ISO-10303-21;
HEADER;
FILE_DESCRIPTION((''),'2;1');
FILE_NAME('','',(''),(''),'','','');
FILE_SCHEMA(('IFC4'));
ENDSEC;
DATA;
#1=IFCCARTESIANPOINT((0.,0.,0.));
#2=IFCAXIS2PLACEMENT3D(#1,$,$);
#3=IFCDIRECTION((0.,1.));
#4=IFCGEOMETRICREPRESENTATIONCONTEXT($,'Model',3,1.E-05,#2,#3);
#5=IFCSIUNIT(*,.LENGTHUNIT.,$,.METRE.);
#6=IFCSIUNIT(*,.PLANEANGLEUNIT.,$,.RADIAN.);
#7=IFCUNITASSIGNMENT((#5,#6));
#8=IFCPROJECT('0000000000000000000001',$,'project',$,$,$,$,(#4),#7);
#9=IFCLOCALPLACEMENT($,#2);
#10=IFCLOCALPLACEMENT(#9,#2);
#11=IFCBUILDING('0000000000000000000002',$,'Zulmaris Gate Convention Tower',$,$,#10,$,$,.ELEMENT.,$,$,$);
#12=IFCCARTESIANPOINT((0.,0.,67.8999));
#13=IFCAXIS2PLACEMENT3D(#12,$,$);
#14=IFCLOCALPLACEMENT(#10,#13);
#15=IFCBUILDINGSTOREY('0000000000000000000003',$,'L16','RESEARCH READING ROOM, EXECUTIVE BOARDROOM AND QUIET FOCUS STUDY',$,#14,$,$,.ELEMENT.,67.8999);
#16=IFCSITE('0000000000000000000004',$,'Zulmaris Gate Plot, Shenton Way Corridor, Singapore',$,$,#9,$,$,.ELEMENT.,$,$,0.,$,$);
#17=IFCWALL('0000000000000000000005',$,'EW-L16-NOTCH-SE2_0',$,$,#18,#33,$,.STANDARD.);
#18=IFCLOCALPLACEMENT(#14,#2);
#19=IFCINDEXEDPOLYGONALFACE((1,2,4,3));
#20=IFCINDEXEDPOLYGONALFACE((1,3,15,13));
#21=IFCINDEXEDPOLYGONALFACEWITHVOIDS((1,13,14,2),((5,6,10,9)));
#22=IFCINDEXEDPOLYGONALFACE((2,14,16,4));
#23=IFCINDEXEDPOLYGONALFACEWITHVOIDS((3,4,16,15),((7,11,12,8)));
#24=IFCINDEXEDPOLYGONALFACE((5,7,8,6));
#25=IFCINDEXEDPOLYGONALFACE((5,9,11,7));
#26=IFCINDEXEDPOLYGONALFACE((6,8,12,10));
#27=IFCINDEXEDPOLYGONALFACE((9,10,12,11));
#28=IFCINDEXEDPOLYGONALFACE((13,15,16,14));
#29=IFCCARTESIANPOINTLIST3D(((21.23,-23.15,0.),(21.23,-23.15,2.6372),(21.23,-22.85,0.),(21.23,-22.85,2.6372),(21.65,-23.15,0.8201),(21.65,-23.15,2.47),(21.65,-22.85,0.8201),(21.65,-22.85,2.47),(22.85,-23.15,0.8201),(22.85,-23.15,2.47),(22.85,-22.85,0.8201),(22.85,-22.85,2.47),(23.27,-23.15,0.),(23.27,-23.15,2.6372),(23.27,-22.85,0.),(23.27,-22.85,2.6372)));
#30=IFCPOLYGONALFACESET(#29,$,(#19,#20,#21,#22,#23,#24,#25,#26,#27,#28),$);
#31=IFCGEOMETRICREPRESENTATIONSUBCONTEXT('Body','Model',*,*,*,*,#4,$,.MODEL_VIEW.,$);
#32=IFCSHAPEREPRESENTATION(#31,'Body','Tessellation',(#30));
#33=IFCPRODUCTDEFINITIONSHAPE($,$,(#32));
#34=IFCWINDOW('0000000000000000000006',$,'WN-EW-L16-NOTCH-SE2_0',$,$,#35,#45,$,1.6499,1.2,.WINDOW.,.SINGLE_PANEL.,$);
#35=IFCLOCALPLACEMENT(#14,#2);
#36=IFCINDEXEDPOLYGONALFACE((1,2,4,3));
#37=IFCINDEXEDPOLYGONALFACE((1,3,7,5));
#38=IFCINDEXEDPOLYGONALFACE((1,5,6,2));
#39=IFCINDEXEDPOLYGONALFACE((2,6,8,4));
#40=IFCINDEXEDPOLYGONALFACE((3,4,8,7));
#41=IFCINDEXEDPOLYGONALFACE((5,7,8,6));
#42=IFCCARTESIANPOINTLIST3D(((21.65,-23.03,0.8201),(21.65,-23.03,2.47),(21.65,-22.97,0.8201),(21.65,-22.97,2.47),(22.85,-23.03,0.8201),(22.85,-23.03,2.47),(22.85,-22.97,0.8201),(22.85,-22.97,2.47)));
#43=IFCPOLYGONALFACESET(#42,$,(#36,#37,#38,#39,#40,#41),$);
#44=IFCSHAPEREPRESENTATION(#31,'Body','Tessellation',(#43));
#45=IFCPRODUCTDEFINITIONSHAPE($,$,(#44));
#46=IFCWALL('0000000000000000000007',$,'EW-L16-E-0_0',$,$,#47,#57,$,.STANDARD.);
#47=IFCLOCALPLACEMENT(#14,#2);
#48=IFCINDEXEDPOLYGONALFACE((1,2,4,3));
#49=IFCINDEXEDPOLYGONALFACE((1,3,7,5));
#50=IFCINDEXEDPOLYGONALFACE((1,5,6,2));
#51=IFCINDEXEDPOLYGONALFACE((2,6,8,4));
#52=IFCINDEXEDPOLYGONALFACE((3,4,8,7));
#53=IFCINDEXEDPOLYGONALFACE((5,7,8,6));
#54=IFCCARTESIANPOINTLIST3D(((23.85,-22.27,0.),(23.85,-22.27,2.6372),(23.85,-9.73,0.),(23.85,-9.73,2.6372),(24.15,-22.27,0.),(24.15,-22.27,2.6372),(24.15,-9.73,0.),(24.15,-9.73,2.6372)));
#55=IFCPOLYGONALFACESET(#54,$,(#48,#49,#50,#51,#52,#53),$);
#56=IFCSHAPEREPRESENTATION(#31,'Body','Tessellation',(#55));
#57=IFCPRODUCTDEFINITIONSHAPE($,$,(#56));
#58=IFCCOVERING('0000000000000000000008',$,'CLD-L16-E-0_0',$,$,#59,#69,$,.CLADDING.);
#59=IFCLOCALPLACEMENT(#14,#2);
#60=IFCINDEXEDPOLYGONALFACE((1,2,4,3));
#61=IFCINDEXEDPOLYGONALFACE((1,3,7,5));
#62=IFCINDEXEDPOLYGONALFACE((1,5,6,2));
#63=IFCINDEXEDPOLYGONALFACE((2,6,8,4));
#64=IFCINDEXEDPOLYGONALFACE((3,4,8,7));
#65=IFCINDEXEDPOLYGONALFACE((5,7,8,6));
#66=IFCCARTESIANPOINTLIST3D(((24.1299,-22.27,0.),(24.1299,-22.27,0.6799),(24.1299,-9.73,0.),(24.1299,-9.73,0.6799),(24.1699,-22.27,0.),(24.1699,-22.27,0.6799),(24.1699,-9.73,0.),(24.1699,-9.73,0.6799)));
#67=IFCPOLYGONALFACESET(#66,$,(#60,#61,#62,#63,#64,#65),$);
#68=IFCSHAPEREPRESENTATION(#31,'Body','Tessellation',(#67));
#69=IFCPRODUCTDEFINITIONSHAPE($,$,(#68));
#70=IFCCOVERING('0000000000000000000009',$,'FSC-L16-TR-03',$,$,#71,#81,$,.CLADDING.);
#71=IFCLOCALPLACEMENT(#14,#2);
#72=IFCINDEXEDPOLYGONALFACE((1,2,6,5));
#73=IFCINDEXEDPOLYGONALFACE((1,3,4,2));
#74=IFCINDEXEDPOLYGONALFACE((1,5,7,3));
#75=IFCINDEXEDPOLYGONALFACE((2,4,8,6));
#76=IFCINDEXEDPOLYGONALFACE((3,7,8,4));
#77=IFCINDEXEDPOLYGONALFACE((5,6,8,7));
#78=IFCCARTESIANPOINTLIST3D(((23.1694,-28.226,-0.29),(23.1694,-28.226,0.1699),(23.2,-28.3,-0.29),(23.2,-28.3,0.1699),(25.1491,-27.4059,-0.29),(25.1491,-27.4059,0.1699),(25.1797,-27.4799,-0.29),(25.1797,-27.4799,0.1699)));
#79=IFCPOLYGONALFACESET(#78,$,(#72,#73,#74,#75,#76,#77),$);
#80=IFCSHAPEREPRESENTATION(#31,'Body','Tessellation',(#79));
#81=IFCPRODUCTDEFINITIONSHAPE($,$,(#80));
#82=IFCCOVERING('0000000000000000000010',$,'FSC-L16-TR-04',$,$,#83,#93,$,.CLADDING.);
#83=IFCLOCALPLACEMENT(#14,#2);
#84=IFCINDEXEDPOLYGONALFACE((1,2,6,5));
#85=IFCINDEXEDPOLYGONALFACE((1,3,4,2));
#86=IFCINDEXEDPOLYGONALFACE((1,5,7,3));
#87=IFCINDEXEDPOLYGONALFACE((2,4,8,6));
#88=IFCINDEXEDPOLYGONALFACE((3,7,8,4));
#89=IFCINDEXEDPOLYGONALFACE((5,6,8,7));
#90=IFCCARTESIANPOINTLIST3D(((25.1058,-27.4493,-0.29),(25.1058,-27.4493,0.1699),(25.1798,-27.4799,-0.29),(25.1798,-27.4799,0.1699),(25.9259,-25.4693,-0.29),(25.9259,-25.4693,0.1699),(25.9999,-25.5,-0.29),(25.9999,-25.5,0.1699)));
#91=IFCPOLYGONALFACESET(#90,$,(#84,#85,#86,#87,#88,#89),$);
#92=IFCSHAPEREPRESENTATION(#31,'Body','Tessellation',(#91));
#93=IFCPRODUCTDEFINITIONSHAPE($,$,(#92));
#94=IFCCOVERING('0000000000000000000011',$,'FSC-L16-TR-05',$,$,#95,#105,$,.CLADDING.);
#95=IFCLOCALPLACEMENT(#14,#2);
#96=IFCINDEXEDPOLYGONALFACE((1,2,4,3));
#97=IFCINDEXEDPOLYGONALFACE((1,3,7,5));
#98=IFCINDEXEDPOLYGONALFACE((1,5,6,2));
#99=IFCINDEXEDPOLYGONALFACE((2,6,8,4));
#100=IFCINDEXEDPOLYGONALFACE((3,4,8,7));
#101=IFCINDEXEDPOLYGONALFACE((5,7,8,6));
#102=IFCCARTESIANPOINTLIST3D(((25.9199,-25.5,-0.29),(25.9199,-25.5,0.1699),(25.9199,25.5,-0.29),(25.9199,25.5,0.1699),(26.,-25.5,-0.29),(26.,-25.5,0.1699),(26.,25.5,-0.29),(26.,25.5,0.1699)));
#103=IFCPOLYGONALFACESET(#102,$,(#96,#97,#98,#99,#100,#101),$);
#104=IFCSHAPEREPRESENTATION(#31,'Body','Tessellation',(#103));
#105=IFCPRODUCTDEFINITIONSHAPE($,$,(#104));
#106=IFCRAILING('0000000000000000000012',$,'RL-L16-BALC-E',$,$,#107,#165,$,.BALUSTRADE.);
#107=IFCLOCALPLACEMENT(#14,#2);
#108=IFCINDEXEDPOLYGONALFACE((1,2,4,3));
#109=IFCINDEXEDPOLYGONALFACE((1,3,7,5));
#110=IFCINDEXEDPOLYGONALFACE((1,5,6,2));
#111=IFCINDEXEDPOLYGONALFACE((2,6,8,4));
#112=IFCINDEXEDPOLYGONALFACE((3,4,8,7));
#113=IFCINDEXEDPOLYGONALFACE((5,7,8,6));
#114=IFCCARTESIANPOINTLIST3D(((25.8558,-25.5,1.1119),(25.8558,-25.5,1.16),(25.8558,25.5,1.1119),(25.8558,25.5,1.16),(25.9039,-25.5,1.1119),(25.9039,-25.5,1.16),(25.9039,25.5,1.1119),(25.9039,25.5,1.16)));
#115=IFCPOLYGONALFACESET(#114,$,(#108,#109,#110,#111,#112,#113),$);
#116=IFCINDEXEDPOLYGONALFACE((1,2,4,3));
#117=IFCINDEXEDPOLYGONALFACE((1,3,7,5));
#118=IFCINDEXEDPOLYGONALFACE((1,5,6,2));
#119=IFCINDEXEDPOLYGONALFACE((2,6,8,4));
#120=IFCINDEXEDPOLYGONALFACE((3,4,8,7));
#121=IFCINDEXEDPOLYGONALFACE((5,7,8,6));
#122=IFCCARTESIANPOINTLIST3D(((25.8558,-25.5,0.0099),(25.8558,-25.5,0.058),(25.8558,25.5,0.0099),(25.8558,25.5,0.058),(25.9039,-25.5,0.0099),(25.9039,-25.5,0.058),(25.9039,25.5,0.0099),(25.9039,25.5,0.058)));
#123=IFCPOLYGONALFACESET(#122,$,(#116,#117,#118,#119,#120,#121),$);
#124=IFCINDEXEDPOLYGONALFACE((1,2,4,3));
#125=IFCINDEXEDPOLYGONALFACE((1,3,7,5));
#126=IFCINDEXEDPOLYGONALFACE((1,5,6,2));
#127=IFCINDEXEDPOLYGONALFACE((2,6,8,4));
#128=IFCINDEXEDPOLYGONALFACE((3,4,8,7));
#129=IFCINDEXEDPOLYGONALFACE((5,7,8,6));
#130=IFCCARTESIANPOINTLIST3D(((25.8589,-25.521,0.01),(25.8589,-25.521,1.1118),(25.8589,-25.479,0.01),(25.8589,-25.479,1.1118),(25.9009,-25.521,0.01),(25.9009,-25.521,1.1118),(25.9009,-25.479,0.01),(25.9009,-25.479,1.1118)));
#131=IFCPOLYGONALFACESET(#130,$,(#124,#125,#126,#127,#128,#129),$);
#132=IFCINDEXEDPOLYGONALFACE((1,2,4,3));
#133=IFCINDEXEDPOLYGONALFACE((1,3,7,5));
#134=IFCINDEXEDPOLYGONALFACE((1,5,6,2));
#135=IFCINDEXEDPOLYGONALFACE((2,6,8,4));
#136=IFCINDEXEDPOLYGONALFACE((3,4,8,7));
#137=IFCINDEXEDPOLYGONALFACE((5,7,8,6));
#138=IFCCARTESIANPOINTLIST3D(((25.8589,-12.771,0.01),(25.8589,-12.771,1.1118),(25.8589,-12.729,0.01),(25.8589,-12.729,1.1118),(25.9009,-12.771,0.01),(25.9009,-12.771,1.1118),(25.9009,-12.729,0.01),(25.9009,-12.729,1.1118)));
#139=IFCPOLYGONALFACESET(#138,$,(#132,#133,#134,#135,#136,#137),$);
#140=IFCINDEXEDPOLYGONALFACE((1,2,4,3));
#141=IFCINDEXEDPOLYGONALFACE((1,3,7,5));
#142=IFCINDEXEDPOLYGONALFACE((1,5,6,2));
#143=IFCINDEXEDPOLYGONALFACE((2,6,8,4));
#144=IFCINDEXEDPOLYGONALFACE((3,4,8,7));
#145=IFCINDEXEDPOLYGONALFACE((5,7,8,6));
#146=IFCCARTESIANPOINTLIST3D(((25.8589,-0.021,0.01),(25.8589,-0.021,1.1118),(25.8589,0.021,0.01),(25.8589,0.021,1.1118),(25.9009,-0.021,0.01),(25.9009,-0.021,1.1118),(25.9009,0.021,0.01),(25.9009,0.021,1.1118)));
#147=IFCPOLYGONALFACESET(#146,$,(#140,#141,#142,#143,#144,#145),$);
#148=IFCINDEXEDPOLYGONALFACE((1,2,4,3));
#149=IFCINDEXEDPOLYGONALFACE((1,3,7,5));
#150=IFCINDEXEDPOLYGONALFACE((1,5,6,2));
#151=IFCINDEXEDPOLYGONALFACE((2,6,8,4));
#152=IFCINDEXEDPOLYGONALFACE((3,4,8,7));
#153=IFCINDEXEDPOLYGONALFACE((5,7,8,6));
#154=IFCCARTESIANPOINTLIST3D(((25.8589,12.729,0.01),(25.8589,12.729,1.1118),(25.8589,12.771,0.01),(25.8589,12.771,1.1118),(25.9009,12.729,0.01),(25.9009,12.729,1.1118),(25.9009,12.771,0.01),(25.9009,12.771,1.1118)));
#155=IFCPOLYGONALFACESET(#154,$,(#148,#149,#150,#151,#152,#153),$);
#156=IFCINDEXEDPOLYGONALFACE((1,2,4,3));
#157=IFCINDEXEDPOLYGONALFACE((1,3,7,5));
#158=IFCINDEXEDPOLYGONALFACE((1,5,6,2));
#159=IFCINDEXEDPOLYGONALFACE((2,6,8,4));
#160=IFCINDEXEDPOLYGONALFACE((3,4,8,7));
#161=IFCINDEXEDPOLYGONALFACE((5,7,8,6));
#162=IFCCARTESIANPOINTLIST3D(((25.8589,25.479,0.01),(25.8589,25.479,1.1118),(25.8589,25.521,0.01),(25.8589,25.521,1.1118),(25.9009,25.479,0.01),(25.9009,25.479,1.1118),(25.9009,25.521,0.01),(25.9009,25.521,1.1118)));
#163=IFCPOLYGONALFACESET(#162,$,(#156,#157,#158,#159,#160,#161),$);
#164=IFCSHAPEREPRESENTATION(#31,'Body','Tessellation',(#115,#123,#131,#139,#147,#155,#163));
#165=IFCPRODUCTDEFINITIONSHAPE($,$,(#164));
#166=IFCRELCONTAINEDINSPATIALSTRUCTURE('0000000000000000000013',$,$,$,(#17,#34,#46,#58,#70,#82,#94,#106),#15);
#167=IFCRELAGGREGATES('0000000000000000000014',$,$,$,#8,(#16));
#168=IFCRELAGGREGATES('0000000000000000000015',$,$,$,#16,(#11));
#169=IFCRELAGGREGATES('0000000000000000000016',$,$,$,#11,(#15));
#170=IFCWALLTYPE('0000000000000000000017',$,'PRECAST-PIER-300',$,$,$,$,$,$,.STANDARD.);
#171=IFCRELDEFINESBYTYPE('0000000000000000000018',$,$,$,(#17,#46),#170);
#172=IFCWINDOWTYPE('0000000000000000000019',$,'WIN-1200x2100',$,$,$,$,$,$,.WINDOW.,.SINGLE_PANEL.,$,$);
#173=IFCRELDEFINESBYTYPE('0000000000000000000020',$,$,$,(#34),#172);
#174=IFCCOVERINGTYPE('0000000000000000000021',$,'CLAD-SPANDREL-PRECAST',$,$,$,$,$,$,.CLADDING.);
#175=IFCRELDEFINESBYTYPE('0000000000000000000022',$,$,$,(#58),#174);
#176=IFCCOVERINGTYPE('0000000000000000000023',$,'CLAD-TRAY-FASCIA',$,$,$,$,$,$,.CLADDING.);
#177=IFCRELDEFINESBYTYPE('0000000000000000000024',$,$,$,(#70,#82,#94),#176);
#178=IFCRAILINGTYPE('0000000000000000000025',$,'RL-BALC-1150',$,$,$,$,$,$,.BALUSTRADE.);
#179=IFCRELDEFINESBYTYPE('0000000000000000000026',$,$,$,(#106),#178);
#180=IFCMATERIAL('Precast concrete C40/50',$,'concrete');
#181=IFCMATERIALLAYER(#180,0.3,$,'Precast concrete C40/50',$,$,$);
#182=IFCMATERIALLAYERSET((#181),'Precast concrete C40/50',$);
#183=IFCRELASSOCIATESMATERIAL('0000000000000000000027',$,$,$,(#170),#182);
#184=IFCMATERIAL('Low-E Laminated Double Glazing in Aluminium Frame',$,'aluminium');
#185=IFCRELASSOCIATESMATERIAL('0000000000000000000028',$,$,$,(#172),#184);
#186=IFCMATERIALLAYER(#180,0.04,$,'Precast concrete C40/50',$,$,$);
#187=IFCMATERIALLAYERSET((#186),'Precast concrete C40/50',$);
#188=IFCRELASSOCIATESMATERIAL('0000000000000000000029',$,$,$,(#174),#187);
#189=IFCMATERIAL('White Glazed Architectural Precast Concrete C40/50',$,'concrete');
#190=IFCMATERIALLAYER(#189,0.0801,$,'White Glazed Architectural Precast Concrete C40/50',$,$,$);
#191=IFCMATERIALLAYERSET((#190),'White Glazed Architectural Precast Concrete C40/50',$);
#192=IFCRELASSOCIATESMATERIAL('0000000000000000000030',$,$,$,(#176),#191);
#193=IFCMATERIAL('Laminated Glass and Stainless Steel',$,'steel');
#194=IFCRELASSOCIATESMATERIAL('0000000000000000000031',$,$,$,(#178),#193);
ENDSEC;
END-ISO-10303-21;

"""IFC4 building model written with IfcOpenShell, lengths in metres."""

from ifc_helpers import new_model, si_unit, direction, frame, frame_2d, origin, origin_2d, place, context, subcontext, project, spatial, rectangle, extrude, material, layer, layer_set, type_object, element, fill, save


model = new_model("IFC4")

# Units and contexts
model_context = context("Model", 3, precision=1e-05, world=origin(), true_north=direction((0.0, 1.0)))
body_context = subcontext(model_context, "Body", "Model", "MODEL_VIEW")
ifc_project = project(units=[si_unit("LENGTHUNIT", "METRE"), si_unit("PLANEANGLEUNIT", "RADIAN")], contexts=[model_context])

# Site, building, storey
site_placement = place(None, origin())
site = spatial("IfcSite", under=ifc_project, at=site_placement, Name="Zulmaris Gate Plot, Shenton Way Corridor, Singapore", CompositionType="ELEMENT", RefElevation=0.0)
building_placement = place(site_placement, origin())
building = spatial("IfcBuilding", under=site, at=building_placement, Name="Zulmaris Gate Convention Tower", CompositionType="ELEMENT")
storey_placement = place(building_placement, frame((0.0, 0.0, 67.8999)))
storey = spatial("IfcBuildingStorey", under=building, at=storey_placement, Name="L16", Description="RESEARCH READING ROOM, EXECUTIVE BOARDROOM AND QUIET FOCUS STUDY", CompositionType="ELEMENT", Elevation=67.8999)

# Wall, opening, window
ifc_material_1 = material(Name="Precast concrete C40/50", Category="concrete")
ifc_layer_1 = layer(ifc_material_1, 0.3, Name="Precast concrete C40/50")
ifc_layer_set_1 = layer_set([ifc_layer_1], Name="Precast concrete C40/50")
wall_type_1 = type_object("IfcWallType", Name="PRECAST-PIER-300", PredefinedType="STANDARD", material=ifc_layer_set_1)
ifc_material_2 = material(Name="Low-E Laminated Double Glazing in Aluminium Frame", Category="aluminium")
window_type = type_object("IfcWindowType", Name="WIN-1200x2100", PartitioningType="SINGLE_PANEL", PredefinedType="WINDOW", material=ifc_material_2)
wall_1_placement = place(storey_placement, frame((21.23, -23.0, 0.0), z_axis=(0.0, 0.0, 1.0), x_axis=(1.0, 0.0, 0.0)))
wall_1 = element("IfcWall", 1, at=wall_1_placement, inside=storey, type_object=wall_type_1, Name="EW-L16-NOTCH-SE2_0", PredefinedType="STANDARD", context=body_context, shape_type="SweptSolid", body=[
    extrude(rectangle(XDim=2.04, YDim=0.3, at=frame_2d((1.02, 0.0))), origin(), (0.0, 0.0, 1.0), 2.6372),
])
opening_1_placement = place(wall_1_placement, frame((0.4199, 0.0, 0.8201)))
opening_1 = element("IfcOpeningElement", 2, at=opening_1_placement, cuts=wall_1, PredefinedType="OPENING", context=body_context, shape_type="SweptSolid", body=[
    extrude(rectangle(XDim=1.2, YDim=1.6499, at=frame_2d((0.6001, 0.825))), frame((0.0, 0.1602, 0.0), z_axis=(0.0, -1.0, 0.0), x_axis=(1.0, 0.0, 0.0)), (0.0, 0.0, 1.0), 0.3201),
])
window_1_placement = place(opening_1_placement, origin())
window_1 = element("IfcWindow", 3, at=window_1_placement, inside=storey, type_object=window_type, Name="WN-EW-L16-NOTCH-SE2_0", OverallHeight=1.6499, OverallWidth=1.2, PartitioningType="SINGLE_PANEL", PredefinedType="WINDOW", context=body_context, shape_type="SweptSolid", body=[
    extrude(rectangle(XDim=1.2, YDim=1.6499, at=frame_2d((0.6001, 0.825))), frame((0.0, 0.03, 0.0), z_axis=(0.0, -1.0, 0.0), x_axis=(1.0, 0.0, 0.0)), (0.0, 0.0, 1.0), 0.0601),
])
fill(opening_1, window_1)

# Wall
wall_2_placement = place(storey_placement, frame((24.0, -22.27, 0.0), z_axis=(0.0, 0.0, 1.0), x_axis=(0.0, 1.0, 0.0)))
element("IfcWall", 4, at=wall_2_placement, inside=storey, type_object=wall_type_1, Name="EW-L16-E-0_0", PredefinedType="STANDARD", context=body_context, shape_type="SweptSolid", body=[
    extrude(rectangle(XDim=12.54, YDim=0.3, at=frame_2d((6.27, 0.0))), origin(), (0.0, 0.0, 1.0), 2.6372),
])

# Coverings
ifc_layer_2 = layer(ifc_material_1, 0.04, Name="Precast concrete C40/50")
ifc_layer_set_2 = layer_set([ifc_layer_2], Name="Precast concrete C40/50")
covering_type_1 = type_object("IfcCoveringType", Name="CLAD-SPANDREL-PRECAST", PredefinedType="CLADDING", material=ifc_layer_set_2)
covering_1_placement = place(storey_placement, frame((24.1499, -22.27, 0.0), z_axis=(0.0, 0.0, 1.0), x_axis=(0.0, 1.0, 0.0)))
element("IfcCovering", 5, at=covering_1_placement, inside=storey, type_object=covering_type_1, Name="CLD-L16-E-0_0", PredefinedType="CLADDING", context=body_context, shape_type="SweptSolid", body=[
    extrude(rectangle(XDim=12.54, YDim=0.04, at=frame_2d((6.27, 0.0))), origin(), (0.0, 0.0, 1.0), 0.6799),
])
ifc_material_3 = material(Name="White Glazed Architectural Precast Concrete C40/50", Category="concrete")
ifc_layer_3 = layer(ifc_material_3, 0.0801, Name="White Glazed Architectural Precast Concrete C40/50")
ifc_layer_set_3 = layer_set([ifc_layer_3], Name="White Glazed Architectural Precast Concrete C40/50")
covering_type_2 = type_object("IfcCoveringType", Name="CLAD-TRAY-FASCIA", PredefinedType="CLADDING", material=ifc_layer_set_3)
covering_2_placement = place(storey_placement, frame((23.1848, -28.2629, -0.29), z_axis=(0.0, 0.0, 1.0), x_axis=(0.923874, 0.382697, 0.0)))
element("IfcCovering", 6, at=covering_2_placement, inside=storey, type_object=covering_type_2, Name="FSC-L16-TR-03", PredefinedType="CLADDING", context=body_context, shape_type="SweptSolid", body=[
    extrude(rectangle(XDim=2.1428, YDim=0.0801, at=frame_2d((1.0713, 0.0))), origin(), (0.0, 0.0, 1.0), 0.46),
])
covering_3_placement = place(storey_placement, frame((25.1428, -27.4646, -0.29), z_axis=(0.0, 0.0, 1.0), x_axis=(0.382657, 0.92389, 0.0)))
element("IfcCovering", 7, at=covering_3_placement, inside=storey, type_object=covering_type_2, Name="FSC-L16-TR-04", PredefinedType="CLADDING", context=body_context, shape_type="SweptSolid", body=[
    extrude(rectangle(XDim=2.1431, YDim=0.0801, at=frame_2d((1.0715, 0.0))), origin(), (0.0, 0.0, 1.0), 0.46),
])
covering_4_placement = place(storey_placement, frame((25.96, -25.5, -0.29), z_axis=(0.0, 0.0, 1.0), x_axis=(0.0, 1.0, 0.0)))
element("IfcCovering", 8, at=covering_4_placement, inside=storey, type_object=covering_type_2, Name="FSC-L16-TR-05", PredefinedType="CLADDING", context=body_context, shape_type="SweptSolid", body=[
    extrude(rectangle(XDim=51.0, YDim=0.0801, at=frame_2d((25.5, 0.0))), origin(), (0.0, 0.0, 1.0), 0.46),
])

# Railing
ifc_material_4 = material(Name="Laminated Glass and Stainless Steel", Category="steel")
railing_type = type_object("IfcRailingType", Name="RL-BALC-1150", PredefinedType="BALUSTRADE", material=ifc_material_4)
railing_placement = place(storey_placement, frame((25.8799, -25.5, 0.01)))
element("IfcRailing", 9, at=railing_placement, inside=storey, type_object=railing_type, Name="RL-L16-BALC-E", PredefinedType="BALUSTRADE", context=body_context, shape_type="SweptSolid", body=[
    extrude(rectangle(XDim=0.0481, YDim=0.0481, at=origin_2d()), frame((0.0, 0.0, 1.126), z_axis=(0.0, 1.0, 0.0), x_axis=(-1.0, 0.0, 0.0)), (0.0, 0.0, 1.0), 51.0),
    extrude(rectangle(XDim=0.0481, YDim=0.0481, at=origin_2d()), frame((0.0, 0.0, 0.0239), z_axis=(0.0, 1.0, 0.0), x_axis=(-1.0, 0.0, 0.0)), (0.0, 0.0, 1.0), 51.0),
    extrude(rectangle(XDim=0.042, YDim=0.042, at=origin_2d()), origin(), (0.0, 0.0, 1.0), 1.1018),
    extrude(rectangle(XDim=0.042, YDim=0.042, at=origin_2d()), frame((0.0, 12.75, 0.0)), (0.0, 0.0, 1.0), 1.1018),
    extrude(rectangle(XDim=0.042, YDim=0.042, at=origin_2d()), frame((0.0, 25.5, 0.0)), (0.0, 0.0, 1.0), 1.1018),
    extrude(rectangle(XDim=0.042, YDim=0.042, at=origin_2d()), frame((0.0, 38.25, 0.0)), (0.0, 0.0, 1.0), 1.1018),
    extrude(rectangle(XDim=0.042, YDim=0.042, at=origin_2d()), frame((0.0, 51.0, 0.0)), (0.0, 0.0, 1.0), 1.1018),
])

save(model, "model.ifc")
